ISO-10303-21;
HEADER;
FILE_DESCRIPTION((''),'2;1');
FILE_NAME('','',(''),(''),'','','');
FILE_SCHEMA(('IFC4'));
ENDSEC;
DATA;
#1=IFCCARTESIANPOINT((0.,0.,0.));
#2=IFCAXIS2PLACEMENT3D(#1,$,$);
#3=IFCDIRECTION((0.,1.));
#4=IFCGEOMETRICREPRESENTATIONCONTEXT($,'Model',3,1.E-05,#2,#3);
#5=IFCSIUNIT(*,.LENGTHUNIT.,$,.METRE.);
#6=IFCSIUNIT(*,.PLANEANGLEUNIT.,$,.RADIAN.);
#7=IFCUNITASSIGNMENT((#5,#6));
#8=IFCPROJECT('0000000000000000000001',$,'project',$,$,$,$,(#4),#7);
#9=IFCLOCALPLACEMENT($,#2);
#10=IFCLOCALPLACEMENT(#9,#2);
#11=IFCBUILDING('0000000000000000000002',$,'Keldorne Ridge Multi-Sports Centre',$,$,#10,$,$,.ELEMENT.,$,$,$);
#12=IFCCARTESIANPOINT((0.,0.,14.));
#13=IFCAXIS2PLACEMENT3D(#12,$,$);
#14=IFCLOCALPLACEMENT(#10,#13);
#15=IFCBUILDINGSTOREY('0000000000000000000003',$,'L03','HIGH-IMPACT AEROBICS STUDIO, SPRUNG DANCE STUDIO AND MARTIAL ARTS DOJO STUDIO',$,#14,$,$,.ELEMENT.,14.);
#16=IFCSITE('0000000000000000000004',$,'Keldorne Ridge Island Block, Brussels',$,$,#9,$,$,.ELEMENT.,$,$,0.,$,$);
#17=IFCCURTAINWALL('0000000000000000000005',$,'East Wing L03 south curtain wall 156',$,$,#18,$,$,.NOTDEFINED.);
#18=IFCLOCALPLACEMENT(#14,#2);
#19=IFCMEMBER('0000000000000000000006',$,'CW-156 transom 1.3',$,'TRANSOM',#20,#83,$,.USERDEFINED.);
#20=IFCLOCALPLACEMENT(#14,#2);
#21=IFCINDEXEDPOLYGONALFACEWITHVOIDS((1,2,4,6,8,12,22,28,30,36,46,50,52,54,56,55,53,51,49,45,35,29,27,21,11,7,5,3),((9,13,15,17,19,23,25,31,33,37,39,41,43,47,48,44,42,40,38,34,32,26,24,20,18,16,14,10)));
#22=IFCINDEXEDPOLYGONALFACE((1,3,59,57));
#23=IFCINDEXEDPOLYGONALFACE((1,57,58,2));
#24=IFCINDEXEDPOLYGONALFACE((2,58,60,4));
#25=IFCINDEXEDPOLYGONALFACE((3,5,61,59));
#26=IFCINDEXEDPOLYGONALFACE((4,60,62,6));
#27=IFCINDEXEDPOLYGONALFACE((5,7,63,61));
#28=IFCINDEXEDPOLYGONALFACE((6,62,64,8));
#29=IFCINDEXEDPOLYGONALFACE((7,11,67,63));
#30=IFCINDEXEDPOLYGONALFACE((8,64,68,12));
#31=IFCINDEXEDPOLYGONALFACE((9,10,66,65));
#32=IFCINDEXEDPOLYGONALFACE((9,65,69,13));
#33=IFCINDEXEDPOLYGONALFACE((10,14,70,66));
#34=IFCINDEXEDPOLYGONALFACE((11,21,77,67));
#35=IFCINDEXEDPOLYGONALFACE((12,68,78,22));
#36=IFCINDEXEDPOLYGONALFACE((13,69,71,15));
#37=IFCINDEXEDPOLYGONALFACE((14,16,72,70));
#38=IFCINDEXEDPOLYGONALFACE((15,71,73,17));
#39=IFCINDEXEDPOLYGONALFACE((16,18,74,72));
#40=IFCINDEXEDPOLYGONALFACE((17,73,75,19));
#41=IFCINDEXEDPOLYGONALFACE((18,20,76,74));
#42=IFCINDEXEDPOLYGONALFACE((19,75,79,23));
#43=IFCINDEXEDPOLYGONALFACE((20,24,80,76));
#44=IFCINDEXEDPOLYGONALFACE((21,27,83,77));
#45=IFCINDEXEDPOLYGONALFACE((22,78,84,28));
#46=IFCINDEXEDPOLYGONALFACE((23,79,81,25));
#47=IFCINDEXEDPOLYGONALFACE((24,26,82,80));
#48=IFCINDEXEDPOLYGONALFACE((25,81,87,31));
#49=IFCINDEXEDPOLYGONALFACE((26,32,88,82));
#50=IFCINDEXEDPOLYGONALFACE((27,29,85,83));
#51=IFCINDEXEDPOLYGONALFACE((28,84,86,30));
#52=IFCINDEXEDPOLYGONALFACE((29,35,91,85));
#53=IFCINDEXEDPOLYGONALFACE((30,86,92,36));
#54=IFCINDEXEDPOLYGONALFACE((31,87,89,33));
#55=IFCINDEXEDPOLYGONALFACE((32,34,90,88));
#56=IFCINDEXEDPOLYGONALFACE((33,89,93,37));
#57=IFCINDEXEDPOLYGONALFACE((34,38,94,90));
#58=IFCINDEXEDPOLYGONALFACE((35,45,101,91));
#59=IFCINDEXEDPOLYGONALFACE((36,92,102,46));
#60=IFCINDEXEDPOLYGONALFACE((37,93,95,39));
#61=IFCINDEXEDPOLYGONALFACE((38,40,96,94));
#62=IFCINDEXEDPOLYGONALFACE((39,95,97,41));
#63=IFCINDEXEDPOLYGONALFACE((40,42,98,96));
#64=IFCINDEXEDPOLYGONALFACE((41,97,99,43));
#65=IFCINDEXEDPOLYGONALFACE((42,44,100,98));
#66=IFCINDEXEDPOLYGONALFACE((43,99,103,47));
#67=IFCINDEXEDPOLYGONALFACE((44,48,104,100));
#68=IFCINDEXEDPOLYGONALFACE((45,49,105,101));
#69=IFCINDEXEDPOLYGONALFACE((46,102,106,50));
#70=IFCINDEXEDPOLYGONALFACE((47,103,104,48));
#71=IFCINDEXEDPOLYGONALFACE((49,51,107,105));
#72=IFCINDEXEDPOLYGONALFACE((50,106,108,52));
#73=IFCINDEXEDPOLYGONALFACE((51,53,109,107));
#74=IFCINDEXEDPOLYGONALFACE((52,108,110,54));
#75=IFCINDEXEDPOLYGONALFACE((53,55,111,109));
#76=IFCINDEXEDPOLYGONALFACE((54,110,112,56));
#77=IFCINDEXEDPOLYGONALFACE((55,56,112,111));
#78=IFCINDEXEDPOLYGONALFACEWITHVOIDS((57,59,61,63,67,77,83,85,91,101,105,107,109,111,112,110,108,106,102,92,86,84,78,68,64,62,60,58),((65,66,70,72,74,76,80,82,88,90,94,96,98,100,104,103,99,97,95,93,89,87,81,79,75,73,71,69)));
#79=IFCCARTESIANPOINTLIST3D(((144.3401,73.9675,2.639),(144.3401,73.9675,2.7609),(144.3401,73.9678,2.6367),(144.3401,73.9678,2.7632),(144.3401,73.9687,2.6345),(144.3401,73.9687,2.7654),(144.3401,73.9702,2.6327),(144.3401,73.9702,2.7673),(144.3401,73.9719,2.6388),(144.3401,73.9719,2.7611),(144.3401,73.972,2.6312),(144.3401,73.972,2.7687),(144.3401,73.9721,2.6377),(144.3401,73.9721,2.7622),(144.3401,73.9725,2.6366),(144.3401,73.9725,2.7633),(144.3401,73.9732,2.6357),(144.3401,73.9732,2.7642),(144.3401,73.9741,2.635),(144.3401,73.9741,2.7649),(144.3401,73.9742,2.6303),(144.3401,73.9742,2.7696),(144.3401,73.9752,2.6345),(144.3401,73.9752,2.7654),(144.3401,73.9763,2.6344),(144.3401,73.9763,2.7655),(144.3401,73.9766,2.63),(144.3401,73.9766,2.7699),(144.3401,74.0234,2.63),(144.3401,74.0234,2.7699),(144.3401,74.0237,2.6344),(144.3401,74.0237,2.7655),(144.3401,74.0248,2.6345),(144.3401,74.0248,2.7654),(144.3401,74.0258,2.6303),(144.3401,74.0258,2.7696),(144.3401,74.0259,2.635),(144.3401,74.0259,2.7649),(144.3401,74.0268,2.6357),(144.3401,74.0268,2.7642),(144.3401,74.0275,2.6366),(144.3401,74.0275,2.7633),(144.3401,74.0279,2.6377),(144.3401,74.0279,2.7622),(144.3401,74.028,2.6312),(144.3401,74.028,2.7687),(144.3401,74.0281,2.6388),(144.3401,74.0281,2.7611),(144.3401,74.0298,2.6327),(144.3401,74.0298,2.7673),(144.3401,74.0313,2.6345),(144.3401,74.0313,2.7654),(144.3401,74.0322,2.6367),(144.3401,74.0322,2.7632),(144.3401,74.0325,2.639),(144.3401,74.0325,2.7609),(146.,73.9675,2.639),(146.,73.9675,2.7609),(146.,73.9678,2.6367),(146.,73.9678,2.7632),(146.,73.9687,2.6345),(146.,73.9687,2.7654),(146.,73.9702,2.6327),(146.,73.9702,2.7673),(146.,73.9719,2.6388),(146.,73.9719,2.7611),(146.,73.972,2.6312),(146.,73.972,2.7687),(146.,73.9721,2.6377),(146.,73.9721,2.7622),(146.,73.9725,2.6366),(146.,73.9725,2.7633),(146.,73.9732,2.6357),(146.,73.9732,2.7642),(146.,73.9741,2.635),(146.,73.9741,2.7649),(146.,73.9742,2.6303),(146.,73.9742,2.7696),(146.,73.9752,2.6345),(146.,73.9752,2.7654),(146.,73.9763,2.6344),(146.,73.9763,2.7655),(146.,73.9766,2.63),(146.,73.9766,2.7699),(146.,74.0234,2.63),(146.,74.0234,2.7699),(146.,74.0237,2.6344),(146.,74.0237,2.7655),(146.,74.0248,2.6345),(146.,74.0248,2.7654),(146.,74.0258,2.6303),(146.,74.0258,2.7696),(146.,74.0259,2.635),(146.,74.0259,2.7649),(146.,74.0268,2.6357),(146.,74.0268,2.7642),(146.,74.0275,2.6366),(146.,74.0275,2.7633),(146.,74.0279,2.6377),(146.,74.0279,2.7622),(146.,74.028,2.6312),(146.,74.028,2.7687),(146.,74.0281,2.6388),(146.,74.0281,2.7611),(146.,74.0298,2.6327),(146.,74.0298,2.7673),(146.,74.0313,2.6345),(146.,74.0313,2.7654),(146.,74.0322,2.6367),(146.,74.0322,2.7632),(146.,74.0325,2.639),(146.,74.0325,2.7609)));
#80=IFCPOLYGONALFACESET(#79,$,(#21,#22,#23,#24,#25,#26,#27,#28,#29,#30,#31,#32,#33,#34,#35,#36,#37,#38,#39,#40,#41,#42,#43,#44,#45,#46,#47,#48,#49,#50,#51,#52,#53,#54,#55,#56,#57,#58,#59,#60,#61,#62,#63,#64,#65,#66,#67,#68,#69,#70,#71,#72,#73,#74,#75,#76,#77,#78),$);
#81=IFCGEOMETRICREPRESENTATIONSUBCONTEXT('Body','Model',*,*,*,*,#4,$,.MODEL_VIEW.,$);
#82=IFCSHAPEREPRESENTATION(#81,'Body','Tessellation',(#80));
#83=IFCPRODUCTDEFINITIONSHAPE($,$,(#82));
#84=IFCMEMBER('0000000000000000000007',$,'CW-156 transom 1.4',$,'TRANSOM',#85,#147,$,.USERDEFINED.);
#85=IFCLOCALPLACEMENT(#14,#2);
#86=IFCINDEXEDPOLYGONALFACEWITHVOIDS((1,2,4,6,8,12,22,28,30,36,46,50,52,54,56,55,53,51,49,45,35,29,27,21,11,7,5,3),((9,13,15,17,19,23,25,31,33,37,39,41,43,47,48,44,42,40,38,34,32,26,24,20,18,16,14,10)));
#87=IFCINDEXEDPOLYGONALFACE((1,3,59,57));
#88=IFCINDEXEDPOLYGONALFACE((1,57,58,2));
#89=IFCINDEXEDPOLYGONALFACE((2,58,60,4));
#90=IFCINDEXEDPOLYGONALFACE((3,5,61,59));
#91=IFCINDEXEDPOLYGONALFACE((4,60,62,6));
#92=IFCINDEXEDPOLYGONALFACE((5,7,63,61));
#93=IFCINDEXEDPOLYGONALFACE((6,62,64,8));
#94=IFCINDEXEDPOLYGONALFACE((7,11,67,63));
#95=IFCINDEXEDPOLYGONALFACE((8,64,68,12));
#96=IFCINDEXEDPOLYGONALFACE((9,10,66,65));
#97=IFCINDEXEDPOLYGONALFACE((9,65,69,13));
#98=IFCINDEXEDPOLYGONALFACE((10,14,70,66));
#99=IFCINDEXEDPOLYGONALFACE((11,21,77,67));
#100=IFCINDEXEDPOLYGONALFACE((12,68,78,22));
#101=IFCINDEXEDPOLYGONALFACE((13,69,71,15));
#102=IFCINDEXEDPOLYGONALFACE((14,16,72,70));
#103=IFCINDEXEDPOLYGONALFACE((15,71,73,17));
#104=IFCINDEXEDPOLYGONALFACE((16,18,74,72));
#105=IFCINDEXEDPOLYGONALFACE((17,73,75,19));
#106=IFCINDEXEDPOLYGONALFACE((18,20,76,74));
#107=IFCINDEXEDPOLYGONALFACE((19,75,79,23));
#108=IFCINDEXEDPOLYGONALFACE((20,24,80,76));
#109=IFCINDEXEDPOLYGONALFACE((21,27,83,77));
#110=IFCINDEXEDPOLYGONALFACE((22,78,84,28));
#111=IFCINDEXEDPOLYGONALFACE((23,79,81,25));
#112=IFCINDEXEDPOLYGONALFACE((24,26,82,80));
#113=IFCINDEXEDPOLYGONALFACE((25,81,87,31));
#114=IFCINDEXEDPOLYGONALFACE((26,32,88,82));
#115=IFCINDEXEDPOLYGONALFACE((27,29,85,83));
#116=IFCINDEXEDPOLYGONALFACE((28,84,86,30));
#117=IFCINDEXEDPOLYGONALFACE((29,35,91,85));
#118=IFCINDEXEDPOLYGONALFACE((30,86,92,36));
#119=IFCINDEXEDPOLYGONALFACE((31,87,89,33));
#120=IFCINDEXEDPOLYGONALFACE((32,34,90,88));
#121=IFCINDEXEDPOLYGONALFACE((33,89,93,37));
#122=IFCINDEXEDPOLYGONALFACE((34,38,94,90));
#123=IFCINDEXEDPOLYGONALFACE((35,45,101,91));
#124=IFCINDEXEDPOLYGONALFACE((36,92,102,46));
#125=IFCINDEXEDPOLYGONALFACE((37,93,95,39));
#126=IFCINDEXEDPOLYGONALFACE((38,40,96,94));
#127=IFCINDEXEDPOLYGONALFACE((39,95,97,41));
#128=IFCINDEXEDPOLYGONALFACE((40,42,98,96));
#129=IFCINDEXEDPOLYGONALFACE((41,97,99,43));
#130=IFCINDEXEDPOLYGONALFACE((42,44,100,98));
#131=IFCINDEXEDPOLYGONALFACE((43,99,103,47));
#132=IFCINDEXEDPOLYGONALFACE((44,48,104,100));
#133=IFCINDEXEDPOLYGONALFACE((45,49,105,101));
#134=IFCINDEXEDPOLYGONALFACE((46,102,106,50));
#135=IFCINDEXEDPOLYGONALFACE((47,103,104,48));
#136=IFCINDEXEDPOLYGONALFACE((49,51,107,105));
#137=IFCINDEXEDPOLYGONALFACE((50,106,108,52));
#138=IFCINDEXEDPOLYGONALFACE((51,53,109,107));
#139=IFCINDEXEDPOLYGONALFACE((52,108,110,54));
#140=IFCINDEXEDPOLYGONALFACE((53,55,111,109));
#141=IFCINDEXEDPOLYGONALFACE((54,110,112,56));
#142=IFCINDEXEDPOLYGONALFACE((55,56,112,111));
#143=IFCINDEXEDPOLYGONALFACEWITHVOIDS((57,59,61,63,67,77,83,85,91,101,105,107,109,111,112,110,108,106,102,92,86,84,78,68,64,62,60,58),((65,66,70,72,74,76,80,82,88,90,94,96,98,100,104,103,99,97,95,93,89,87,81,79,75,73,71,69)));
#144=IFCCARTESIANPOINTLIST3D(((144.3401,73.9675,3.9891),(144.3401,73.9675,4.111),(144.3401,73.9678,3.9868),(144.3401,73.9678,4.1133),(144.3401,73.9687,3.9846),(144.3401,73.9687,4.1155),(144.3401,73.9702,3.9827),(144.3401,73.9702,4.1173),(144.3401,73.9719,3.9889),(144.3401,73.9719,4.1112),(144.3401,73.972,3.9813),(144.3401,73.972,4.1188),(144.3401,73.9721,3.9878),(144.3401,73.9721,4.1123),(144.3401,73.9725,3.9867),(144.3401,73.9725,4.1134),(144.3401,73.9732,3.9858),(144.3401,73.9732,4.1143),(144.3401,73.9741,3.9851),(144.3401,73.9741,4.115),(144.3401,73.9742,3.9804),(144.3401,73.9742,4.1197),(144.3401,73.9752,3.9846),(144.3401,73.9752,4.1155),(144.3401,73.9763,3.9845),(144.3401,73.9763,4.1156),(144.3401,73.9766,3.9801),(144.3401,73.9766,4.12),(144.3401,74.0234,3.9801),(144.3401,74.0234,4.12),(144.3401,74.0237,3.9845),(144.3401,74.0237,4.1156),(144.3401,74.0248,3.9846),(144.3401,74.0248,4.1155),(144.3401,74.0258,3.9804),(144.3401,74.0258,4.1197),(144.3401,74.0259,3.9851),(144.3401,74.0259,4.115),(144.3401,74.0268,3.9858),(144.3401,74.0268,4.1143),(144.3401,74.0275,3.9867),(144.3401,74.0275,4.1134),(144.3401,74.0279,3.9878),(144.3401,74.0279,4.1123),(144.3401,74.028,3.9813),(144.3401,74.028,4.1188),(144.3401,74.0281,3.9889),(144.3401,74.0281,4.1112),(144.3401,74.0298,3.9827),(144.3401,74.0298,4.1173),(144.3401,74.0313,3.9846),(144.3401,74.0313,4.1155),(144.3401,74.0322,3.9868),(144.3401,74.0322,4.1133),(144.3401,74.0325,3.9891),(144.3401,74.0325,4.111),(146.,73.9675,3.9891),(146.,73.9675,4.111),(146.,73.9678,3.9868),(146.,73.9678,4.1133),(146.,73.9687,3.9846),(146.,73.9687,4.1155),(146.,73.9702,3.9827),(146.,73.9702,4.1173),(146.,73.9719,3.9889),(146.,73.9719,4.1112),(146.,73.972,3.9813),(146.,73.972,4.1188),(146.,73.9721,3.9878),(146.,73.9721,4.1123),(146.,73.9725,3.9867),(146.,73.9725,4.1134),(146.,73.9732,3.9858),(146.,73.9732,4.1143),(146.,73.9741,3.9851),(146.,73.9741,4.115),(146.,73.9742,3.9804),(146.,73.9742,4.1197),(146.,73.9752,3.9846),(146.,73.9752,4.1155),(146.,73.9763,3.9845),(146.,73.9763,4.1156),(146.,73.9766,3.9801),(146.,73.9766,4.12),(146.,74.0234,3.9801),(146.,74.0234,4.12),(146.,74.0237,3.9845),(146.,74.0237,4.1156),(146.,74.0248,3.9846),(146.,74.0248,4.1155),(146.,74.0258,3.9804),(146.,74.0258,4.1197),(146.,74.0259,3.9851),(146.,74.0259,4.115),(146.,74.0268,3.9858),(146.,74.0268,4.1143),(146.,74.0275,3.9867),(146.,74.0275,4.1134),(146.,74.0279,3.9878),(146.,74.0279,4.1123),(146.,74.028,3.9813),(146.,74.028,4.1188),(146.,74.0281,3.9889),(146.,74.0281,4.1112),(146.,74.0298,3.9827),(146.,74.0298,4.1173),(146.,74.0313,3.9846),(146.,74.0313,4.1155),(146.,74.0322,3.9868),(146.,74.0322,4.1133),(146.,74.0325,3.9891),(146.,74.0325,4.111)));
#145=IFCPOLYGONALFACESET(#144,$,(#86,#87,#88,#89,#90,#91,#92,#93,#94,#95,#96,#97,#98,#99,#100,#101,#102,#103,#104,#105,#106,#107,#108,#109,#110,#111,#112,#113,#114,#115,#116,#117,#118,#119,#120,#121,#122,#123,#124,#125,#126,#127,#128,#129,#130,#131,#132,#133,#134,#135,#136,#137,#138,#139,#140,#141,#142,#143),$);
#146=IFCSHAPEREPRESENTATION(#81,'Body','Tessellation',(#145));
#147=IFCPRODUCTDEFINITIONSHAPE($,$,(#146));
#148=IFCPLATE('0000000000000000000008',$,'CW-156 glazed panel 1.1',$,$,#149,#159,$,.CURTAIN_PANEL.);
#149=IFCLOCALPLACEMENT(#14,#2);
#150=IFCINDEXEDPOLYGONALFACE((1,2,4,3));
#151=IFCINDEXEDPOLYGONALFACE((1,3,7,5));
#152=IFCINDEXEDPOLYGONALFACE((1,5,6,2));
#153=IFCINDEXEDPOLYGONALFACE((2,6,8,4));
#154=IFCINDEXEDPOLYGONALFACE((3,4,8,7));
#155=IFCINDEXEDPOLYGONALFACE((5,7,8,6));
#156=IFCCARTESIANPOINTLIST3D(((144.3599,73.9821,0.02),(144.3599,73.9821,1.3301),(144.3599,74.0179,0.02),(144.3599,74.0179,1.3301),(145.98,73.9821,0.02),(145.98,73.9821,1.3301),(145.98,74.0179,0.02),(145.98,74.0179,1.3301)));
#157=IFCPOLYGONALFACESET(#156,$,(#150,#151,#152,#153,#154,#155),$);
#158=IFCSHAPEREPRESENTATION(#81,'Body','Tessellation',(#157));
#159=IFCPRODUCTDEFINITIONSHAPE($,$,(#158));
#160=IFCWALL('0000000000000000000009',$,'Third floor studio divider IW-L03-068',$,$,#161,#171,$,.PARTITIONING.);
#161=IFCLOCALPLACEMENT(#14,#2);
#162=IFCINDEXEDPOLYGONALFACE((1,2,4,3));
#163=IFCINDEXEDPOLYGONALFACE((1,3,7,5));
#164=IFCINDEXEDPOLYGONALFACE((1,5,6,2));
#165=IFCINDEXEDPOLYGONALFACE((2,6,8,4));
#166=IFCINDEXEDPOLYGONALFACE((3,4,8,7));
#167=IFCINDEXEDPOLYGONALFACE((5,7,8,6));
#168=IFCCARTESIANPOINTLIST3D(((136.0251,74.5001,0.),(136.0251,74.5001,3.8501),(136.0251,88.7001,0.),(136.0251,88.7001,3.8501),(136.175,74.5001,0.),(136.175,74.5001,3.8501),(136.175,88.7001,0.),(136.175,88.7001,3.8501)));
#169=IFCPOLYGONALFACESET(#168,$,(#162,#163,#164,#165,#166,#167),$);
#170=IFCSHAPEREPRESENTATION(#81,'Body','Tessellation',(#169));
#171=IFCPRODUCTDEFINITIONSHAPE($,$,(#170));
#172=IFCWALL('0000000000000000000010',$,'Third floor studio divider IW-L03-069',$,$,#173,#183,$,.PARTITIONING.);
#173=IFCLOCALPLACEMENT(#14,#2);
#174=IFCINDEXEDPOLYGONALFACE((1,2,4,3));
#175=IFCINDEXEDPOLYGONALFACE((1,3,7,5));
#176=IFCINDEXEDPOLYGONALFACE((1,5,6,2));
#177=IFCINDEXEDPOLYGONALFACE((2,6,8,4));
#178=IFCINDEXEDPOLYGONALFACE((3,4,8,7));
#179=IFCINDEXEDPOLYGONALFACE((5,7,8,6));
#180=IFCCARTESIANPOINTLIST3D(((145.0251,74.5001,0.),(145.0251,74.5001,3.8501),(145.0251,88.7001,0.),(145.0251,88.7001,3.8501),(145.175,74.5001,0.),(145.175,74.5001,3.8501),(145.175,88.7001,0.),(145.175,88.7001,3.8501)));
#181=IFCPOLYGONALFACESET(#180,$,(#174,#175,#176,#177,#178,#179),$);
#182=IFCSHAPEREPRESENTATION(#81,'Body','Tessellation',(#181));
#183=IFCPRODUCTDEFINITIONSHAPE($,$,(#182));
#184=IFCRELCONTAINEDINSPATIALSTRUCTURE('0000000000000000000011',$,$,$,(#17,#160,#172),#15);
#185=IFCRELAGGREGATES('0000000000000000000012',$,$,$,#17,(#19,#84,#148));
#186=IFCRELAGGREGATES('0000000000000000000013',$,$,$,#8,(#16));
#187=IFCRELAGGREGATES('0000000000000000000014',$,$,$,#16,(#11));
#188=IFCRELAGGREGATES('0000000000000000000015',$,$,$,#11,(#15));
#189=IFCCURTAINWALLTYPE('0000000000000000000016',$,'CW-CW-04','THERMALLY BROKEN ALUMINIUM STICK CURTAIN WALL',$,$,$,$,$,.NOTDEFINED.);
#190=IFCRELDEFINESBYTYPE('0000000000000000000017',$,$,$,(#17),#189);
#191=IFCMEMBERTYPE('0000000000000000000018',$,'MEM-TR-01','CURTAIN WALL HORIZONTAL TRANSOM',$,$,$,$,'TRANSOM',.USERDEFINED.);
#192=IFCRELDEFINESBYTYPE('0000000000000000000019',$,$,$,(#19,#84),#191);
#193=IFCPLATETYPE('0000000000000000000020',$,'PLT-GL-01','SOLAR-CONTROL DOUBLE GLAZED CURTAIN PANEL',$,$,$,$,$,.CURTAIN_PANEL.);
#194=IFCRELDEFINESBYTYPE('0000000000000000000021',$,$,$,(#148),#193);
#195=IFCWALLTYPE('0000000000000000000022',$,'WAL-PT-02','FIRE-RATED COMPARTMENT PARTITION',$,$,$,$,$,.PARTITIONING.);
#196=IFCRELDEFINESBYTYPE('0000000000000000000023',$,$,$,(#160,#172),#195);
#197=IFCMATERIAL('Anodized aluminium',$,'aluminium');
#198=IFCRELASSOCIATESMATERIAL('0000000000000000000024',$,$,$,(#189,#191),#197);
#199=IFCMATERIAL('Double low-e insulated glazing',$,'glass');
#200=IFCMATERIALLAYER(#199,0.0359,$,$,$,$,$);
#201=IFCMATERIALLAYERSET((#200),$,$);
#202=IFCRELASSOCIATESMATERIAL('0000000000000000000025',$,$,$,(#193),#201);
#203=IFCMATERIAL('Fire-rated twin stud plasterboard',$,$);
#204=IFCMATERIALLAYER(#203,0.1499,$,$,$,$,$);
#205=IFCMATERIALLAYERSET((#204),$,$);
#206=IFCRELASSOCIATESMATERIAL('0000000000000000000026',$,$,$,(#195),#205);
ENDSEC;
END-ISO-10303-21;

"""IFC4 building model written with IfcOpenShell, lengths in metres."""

from ifc_helpers import new_model, si_unit, direction, frame, frame_2d, origin, origin_2d, place, context, subcontext, project, spatial, rectangle, hollow_rectangle, extrude, material, layer, layer_set, material_profile, profile_set, type_object, element, aggregate, save


model = new_model("IFC4")

# Units and contexts
model_context = context("Model", 3, precision=1e-05, world=origin(), true_north=direction((0.0, 1.0)))
body_context = subcontext(model_context, "Body", "Model", "MODEL_VIEW")
ifc_project = project(units=[si_unit("LENGTHUNIT", "METRE"), si_unit("PLANEANGLEUNIT", "RADIAN")], contexts=[model_context])

# Site, building, storey
site_placement = place(None, origin())
site = spatial("IfcSite", under=ifc_project, at=site_placement, Name="Keldorne Ridge Island Block, Brussels", CompositionType="ELEMENT", RefElevation=0.0)
building_placement = place(site_placement, origin())
building = spatial("IfcBuilding", under=site, at=building_placement, Name="Keldorne Ridge Multi-Sports Centre", CompositionType="ELEMENT")
storey_placement = place(building_placement, frame((0.0, 0.0, 14.0)))
storey = spatial("IfcBuildingStorey", under=building, at=storey_placement, Name="L03", Description="HIGH-IMPACT AEROBICS STUDIO, SPRUNG DANCE STUDIO AND MARTIAL ARTS DOJO STUDIO", CompositionType="ELEMENT", Elevation=14.0)

# Curtain wall, members, plate
ifc_material_1 = material(Name="Anodized aluminium", Category="aluminium")
curtain_wall_type = type_object("IfcCurtainWallType", Name="CW-CW-04", Description="THERMALLY BROKEN ALUMINIUM STICK CURTAIN WALL", PredefinedType="NOTDEFINED", material=ifc_material_1)
curtain_wall_placement = place(storey_placement, origin())
curtain_wall = element("IfcCurtainWall", 1, at=curtain_wall_placement, inside=storey, type_object=curtain_wall_type, Name="East Wing L03 south curtain wall 156", PredefinedType="NOTDEFINED")
ifc_material_profile_1 = material_profile(ifc_material_1, hollow_rectangle(XDim=0.0649, YDim=0.1399, WallThickness=0.0044, InnerFilletRadius=0.0044, OuterFilletRadius=0.009, at=origin_2d()), Name="ALU TRANSOM 140x65x4.5")
ifc_profile_set_1 = profile_set([ifc_material_profile_1], Name="Anodized aluminium")
member_type = type_object("IfcMemberType", Name="MEM-TR-01", Description="CURTAIN WALL HORIZONTAL TRANSOM", ElementType="TRANSOM", PredefinedType="USERDEFINED", material=ifc_profile_set_1)
member_1_placement = place(storey_placement, frame((144.3401, 74.0, 2.7), z_axis=(1.0, 0.0, 0.0), x_axis=(0.0, 1.0, 0.0)))
member_1 = element("IfcMember", 2, at=member_1_placement, type_object=member_type, Name="CW-156 transom 1.3", ObjectType="TRANSOM", PredefinedType="USERDEFINED", context=body_context, shape_type="SweptSolid", body=[
    extrude(hollow_rectangle(XDim=0.0649, YDim=0.1399, WallThickness=0.0044, InnerFilletRadius=0.0044, OuterFilletRadius=0.009, at=origin_2d()), origin(), (0.0, 0.0, 1.0), 1.6599),
])
member_2_placement = place(storey_placement, frame((144.3401, 74.0, 4.05), z_axis=(1.0, 0.0, 0.0), x_axis=(0.0, 1.0, 0.0)))
member_2 = element("IfcMember", 3, at=member_2_placement, type_object=member_type, Name="CW-156 transom 1.4", ObjectType="TRANSOM", PredefinedType="USERDEFINED", context=body_context, shape_type="SweptSolid", body=[
    extrude(hollow_rectangle(XDim=0.0649, YDim=0.1399, WallThickness=0.0044, InnerFilletRadius=0.0044, OuterFilletRadius=0.009, at=origin_2d()), origin(), (0.0, 0.0, 1.0), 1.6599),
])
ifc_material_2 = material(Name="Double low-e insulated glazing", Category="glass")
ifc_layer_1 = layer(ifc_material_2, 0.0359)
ifc_layer_set_1 = layer_set([ifc_layer_1])
plate_type = type_object("IfcPlateType", Name="PLT-GL-01", Description="SOLAR-CONTROL DOUBLE GLAZED CURTAIN PANEL", PredefinedType="CURTAIN_PANEL", material=ifc_layer_set_1)
plate_placement = place(storey_placement, frame((145.1699, 74.0, 0.02), z_axis=(0.0, 0.0, 1.0), x_axis=(1.0, 0.0, 0.0)))
plate = element("IfcPlate", 4, at=plate_placement, type_object=plate_type, Name="CW-156 glazed panel 1.1", PredefinedType="CURTAIN_PANEL", context=body_context, shape_type="SweptSolid", body=[
    extrude(rectangle(XDim=1.6201, YDim=0.0359, at=origin_2d()), origin(), (0.0, 0.0, 1.0), 1.3101),
])
aggregate(curtain_wall, [member_1, member_2, plate])

# Walls
ifc_material_3 = material(Name="Fire-rated twin stud plasterboard")
ifc_layer_2 = layer(ifc_material_3, 0.1499)
ifc_layer_set_2 = layer_set([ifc_layer_2])
wall_type = type_object("IfcWallType", Name="WAL-PT-02", Description="FIRE-RATED COMPARTMENT PARTITION", PredefinedType="PARTITIONING", material=ifc_layer_set_2)
for number, where, z_axis, x_axis, name in (
    (5, (136.1001, 74.5, 0.0), (0.0, 0.0, 1.0), (0.0, 1.0, 0.0), "Third floor studio divider IW-L03-068"),
    (6, (145.1001, 74.5, 0.0), (0.0, 0.0, 1.0), (0.0, 1.0, 0.0), "Third floor studio divider IW-L03-069"),
):
    element("IfcWall", number, at=place(storey_placement, frame(where, z_axis=z_axis, x_axis=x_axis)), inside=storey, type_object=wall_type, Name=name, PredefinedType="PARTITIONING", context=body_context, shape_type="SweptSolid", body=[
        extrude(rectangle(XDim=14.2, YDim=0.1499, at=frame_2d((7.1001, 0.0))), origin(), (0.0, 0.0, 1.0), 3.8501),
    ])

save(model, "model.ifc")
